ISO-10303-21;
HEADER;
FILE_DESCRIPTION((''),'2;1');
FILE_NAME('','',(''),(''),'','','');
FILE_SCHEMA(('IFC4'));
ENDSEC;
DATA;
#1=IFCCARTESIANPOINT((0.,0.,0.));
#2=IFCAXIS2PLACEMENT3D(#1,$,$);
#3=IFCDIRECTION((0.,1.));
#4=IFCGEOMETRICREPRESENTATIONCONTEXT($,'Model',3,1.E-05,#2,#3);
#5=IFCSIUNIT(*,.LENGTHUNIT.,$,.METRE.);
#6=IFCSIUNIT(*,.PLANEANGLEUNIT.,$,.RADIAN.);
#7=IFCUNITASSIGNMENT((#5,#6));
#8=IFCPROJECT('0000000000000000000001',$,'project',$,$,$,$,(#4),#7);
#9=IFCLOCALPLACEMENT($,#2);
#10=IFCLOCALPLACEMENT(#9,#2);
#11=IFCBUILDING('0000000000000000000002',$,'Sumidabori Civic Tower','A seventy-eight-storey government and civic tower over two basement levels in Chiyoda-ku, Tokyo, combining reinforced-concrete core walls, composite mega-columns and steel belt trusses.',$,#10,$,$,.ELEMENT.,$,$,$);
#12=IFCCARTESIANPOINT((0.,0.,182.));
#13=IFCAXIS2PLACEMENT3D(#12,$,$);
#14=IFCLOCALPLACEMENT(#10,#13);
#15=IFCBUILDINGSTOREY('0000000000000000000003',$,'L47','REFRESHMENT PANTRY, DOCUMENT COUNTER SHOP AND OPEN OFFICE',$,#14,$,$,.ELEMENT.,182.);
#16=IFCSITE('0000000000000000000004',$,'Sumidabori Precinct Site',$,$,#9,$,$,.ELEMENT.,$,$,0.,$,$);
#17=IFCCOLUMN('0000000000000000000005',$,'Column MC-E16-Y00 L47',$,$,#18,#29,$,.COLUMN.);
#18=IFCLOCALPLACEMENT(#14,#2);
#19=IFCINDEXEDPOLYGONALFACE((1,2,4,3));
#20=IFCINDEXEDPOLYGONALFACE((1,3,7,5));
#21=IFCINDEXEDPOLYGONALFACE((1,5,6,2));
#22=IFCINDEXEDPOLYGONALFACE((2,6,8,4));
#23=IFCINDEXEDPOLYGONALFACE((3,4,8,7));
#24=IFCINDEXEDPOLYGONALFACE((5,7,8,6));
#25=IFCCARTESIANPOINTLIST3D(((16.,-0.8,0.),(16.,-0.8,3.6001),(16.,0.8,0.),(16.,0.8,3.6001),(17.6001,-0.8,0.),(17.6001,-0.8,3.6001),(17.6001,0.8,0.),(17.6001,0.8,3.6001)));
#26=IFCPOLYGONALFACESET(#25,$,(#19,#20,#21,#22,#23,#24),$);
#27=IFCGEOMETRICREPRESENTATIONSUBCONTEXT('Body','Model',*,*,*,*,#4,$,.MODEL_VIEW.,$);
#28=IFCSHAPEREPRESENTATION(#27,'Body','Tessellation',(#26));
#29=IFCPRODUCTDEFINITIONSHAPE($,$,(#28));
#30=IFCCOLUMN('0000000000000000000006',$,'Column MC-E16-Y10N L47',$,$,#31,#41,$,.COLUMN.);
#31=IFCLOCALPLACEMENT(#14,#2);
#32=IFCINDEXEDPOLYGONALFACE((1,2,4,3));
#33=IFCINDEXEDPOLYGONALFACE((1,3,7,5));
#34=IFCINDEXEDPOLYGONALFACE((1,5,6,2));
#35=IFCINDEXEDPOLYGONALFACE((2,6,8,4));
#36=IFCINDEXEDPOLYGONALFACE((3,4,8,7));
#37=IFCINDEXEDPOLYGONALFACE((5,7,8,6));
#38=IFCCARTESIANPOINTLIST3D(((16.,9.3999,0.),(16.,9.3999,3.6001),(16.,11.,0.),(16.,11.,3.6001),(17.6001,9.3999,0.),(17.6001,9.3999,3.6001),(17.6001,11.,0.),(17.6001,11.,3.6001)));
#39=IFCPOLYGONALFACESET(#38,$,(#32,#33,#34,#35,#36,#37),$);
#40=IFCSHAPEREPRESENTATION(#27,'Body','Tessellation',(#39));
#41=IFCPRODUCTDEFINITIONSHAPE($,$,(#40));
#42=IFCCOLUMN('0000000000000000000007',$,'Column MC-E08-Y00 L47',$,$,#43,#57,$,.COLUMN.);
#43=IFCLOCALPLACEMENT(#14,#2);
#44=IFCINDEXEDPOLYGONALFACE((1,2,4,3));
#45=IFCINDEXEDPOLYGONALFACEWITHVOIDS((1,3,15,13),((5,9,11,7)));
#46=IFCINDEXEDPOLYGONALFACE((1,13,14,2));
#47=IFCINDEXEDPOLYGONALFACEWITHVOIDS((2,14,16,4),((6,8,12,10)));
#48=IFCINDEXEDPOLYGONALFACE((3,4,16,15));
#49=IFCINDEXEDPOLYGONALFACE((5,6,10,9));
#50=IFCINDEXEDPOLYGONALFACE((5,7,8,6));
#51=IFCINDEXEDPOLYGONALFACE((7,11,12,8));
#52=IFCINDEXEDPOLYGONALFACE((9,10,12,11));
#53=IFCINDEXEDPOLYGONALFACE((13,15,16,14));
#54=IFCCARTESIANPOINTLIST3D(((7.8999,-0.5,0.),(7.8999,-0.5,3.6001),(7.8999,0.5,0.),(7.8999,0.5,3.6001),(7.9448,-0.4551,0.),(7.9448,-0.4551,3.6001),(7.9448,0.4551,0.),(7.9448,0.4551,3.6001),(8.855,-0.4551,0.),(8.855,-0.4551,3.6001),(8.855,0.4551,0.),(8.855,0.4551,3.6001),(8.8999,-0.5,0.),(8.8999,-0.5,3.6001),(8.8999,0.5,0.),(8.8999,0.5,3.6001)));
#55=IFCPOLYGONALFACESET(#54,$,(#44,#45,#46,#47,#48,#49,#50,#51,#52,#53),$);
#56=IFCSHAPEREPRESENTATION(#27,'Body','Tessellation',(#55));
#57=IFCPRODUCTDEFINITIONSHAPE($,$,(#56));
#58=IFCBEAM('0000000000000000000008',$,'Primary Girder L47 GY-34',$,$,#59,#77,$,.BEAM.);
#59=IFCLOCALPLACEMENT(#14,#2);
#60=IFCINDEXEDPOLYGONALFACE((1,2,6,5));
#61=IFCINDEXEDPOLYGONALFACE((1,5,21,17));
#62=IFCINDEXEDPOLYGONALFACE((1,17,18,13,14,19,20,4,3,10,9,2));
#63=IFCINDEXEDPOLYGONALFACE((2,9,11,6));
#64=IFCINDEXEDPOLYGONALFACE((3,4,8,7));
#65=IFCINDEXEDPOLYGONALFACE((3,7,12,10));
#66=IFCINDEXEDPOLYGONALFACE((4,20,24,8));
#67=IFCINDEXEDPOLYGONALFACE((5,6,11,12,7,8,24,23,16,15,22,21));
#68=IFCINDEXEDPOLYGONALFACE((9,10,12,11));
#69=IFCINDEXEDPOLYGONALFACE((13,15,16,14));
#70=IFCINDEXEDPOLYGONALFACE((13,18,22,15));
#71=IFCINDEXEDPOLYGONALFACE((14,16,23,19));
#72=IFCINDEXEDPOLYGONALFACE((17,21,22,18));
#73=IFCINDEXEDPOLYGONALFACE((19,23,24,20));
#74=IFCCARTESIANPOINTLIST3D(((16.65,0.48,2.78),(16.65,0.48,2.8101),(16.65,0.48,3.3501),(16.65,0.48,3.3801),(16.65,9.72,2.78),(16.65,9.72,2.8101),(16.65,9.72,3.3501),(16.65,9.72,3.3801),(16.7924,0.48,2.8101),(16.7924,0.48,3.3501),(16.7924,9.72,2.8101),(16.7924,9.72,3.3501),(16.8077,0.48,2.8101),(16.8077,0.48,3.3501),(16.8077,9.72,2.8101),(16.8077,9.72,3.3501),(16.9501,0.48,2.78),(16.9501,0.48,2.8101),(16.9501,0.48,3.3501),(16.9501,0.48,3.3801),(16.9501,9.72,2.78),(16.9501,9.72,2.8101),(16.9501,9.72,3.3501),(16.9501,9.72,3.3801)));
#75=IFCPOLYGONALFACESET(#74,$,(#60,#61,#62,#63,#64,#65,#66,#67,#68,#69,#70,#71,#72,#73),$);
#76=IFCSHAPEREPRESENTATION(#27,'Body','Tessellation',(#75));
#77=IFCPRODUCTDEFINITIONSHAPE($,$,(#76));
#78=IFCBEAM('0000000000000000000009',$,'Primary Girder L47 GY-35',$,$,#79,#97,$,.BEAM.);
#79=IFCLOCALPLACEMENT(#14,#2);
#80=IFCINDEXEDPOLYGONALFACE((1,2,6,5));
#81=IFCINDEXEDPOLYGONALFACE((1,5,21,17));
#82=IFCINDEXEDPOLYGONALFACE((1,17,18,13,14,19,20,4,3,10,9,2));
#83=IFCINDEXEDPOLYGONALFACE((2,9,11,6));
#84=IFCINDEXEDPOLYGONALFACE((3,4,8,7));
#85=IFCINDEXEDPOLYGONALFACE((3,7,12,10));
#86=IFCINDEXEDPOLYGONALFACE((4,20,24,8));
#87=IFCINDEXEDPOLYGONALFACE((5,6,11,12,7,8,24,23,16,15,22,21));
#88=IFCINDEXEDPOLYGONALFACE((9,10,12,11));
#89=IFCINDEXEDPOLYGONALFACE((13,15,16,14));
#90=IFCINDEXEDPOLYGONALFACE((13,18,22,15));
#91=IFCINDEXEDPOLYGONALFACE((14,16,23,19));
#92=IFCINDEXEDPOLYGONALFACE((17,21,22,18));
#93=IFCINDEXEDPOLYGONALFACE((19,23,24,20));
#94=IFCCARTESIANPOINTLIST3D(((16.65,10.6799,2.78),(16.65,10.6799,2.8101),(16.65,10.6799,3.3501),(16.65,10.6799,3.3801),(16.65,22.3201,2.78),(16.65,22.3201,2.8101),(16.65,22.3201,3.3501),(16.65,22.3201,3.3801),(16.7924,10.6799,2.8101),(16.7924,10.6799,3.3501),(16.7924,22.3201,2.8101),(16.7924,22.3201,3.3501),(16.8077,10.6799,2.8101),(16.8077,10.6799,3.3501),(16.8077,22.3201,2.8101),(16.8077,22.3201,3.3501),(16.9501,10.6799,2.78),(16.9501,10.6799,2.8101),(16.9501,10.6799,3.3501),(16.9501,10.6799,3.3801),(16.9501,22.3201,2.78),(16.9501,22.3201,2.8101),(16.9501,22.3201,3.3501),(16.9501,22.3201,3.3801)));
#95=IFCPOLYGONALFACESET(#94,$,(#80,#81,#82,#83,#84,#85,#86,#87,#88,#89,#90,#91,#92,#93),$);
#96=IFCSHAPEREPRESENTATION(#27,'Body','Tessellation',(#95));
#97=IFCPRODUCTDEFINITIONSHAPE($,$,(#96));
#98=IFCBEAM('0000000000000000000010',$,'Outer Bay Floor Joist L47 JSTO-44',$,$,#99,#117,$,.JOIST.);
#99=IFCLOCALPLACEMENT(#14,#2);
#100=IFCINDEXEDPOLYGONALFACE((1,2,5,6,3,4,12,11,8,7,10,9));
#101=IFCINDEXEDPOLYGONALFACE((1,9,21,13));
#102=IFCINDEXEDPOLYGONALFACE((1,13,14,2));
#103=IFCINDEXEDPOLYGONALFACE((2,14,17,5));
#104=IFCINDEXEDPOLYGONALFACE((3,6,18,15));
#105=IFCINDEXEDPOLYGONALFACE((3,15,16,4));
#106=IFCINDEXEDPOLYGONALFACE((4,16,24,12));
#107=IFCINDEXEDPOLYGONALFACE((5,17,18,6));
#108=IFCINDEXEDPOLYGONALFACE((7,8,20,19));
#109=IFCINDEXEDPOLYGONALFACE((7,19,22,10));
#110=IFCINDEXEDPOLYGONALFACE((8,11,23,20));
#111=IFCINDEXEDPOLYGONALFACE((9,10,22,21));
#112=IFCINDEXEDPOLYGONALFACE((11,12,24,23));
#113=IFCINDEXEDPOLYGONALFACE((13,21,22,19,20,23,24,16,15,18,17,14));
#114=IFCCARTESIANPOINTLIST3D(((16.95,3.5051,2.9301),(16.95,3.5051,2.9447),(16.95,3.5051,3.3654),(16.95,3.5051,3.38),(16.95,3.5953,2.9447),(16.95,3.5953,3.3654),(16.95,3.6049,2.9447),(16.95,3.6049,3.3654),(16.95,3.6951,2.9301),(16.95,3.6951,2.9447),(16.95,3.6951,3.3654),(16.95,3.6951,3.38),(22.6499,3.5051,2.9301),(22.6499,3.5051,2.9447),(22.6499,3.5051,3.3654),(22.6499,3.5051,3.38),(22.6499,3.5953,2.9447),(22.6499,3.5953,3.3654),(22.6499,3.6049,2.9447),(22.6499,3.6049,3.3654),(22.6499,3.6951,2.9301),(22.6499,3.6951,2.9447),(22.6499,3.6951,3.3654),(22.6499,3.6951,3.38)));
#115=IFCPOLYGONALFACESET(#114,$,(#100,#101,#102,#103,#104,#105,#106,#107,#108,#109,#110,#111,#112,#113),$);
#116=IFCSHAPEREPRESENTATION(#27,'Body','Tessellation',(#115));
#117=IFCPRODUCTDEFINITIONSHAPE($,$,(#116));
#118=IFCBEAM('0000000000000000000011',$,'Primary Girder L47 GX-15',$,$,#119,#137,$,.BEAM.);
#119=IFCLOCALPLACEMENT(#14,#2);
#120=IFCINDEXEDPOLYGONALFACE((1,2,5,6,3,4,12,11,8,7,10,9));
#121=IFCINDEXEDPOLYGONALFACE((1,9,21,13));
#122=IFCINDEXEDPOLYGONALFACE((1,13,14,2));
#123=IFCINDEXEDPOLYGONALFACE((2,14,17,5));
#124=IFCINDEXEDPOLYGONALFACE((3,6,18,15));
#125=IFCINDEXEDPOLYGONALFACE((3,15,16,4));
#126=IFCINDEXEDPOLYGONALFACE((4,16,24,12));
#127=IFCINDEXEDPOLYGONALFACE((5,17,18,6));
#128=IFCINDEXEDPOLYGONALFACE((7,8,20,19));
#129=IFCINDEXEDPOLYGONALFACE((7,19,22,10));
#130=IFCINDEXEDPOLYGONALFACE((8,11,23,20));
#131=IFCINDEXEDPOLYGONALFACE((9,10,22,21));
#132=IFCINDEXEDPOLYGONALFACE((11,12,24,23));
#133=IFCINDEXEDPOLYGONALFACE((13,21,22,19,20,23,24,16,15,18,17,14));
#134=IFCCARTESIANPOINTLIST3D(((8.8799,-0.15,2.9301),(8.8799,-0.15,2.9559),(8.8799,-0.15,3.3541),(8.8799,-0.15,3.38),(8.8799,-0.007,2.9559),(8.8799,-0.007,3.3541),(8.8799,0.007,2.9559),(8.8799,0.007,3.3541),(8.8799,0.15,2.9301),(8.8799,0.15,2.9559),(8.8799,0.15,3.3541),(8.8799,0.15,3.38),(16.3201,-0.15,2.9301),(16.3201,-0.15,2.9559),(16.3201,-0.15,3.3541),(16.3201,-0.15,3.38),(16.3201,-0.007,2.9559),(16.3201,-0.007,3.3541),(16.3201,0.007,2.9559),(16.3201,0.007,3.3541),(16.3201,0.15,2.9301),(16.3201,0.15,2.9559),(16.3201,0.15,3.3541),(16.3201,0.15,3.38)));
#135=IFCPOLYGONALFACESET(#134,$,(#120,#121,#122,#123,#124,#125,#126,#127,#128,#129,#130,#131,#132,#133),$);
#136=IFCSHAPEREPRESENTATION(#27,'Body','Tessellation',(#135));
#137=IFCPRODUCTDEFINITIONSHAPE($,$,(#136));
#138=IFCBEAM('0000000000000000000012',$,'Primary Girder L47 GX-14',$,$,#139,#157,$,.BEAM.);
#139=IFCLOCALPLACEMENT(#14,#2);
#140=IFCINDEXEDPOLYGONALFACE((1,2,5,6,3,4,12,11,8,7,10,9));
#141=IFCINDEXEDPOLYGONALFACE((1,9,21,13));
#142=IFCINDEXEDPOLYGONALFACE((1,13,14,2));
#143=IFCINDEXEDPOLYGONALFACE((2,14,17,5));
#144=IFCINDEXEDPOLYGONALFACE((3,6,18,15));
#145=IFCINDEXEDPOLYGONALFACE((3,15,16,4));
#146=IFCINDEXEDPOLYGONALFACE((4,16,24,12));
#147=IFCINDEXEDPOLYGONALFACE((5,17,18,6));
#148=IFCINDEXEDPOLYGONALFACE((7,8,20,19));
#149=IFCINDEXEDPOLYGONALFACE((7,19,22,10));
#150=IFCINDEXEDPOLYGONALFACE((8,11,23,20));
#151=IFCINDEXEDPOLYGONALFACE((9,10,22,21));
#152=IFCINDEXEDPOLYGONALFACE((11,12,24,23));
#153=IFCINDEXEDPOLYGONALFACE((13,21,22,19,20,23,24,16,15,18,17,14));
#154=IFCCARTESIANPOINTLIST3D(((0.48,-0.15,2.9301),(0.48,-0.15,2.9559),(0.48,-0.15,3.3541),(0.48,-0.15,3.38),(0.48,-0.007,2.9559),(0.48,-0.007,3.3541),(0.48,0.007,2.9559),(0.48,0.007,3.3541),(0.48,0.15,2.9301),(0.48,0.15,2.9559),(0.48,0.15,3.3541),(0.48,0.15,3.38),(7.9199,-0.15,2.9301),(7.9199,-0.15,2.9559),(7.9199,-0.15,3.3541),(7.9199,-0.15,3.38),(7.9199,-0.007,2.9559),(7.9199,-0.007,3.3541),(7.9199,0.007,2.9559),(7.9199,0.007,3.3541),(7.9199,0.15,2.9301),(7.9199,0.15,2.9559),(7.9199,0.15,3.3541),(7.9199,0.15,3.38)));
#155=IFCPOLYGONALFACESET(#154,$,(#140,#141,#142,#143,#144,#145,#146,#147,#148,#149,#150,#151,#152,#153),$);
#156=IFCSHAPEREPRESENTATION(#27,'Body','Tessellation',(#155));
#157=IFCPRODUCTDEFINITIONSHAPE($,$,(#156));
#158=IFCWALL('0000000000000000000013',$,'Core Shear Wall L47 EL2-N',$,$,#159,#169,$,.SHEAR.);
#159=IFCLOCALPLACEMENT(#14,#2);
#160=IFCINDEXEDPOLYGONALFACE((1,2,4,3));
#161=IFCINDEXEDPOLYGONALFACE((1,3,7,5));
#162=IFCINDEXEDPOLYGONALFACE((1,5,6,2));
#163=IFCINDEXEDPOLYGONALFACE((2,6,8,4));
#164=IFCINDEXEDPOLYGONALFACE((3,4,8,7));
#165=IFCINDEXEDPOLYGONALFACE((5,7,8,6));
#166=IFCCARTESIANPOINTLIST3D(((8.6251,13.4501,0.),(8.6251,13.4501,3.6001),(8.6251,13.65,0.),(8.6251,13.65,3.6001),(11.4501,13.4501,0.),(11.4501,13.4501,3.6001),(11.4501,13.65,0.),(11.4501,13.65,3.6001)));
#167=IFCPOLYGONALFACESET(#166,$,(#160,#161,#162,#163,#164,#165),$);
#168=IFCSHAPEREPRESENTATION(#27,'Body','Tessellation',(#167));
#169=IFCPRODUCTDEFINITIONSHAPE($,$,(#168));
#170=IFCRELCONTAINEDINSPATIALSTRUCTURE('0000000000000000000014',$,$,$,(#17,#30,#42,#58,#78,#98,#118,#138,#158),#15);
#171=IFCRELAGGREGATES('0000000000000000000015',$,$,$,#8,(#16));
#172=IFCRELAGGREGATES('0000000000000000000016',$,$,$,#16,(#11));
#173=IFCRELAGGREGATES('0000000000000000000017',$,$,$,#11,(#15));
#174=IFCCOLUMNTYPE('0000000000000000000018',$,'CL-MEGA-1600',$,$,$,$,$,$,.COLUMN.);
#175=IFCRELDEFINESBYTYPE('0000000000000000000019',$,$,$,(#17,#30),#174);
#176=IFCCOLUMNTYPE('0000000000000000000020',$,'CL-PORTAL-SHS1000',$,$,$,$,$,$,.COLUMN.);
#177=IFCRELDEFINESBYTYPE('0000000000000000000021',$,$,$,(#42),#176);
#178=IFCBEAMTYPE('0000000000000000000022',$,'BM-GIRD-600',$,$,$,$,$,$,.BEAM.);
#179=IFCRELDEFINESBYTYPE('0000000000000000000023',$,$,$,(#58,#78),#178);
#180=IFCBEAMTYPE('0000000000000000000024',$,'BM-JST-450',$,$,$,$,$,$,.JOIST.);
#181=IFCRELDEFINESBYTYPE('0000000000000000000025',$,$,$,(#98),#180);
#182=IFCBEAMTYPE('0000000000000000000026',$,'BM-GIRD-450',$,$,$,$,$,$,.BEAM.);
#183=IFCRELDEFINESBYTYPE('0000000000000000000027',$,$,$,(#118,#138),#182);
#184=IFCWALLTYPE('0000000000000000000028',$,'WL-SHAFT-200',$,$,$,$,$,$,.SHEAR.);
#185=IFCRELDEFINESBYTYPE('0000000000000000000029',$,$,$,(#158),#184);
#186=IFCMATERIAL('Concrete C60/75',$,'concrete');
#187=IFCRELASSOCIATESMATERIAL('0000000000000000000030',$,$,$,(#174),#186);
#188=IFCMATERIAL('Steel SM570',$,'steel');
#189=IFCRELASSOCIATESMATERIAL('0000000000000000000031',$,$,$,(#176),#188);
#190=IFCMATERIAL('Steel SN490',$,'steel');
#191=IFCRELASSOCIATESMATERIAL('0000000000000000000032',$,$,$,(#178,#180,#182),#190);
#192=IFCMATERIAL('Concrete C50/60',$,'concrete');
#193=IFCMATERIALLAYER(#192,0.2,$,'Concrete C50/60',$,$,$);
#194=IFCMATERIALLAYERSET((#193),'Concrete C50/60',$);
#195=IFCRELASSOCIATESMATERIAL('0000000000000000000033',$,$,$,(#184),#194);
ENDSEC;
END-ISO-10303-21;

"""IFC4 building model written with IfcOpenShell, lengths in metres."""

from ifc_helpers import new_model, si_unit, direction, frame, frame_2d, origin, origin_2d, place, context, subcontext, project, spatial, rectangle, hollow_rectangle, i_section, extrude, source, transform, mapped, material, layer, layer_set, material_profile, profile_set, type_object, element, save


model = new_model("IFC4")

# Units and contexts
model_context = context("Model", 3, precision=1e-05, world=origin(), true_north=direction((0.0, 1.0)))
body_context = subcontext(model_context, "Body", "Model", "MODEL_VIEW")
ifc_project = project(units=[si_unit("LENGTHUNIT", "METRE"), si_unit("PLANEANGLEUNIT", "RADIAN")], contexts=[model_context])

# Site, building, storey
site_placement = place(None, origin())
site = spatial("IfcSite", under=ifc_project, at=site_placement, Name="Sumidabori Precinct Site", CompositionType="ELEMENT", RefElevation=0.0)
building_placement = place(site_placement, origin())
building = spatial("IfcBuilding", under=site, at=building_placement, Name="Sumidabori Civic Tower", Description="A seventy-eight-storey government and civic tower over two basement levels in Chiyoda-ku, Tokyo, combining reinforced-concrete core walls, composite mega-columns and steel belt trusses.", CompositionType="ELEMENT")
storey_placement = place(building_placement, frame((0.0, 0.0, 182.0)))
storey = spatial("IfcBuildingStorey", under=building, at=storey_placement, Name="L47", Description="REFRESHMENT PANTRY, DOCUMENT COUNTER SHOP AND OPEN OFFICE", CompositionType="ELEMENT", Elevation=182.0)

# Columns
ifc_material_1 = material(Name="Concrete C60/75", Category="concrete")
ifc_material_profile_1 = material_profile(ifc_material_1, rectangle(XDim=1.6001, YDim=1.6001, at=origin_2d()), Name="RC 1600x1600")
ifc_profile_set_1 = profile_set([ifc_material_profile_1], Name="Concrete C60/75")
column_type_1 = type_object("IfcColumnType", Name="CL-MEGA-1600", PredefinedType="COLUMN", material=ifc_profile_set_1)
shared_shape_1 = source(origin(), body_context, "Body", "SweptSolid", [
    extrude(rectangle(XDim=1.6001, YDim=1.6001, at=origin_2d()), origin(), (0.0, 0.0, 1.0), 3.6001),
])
for number, where, z_axis, x_axis, name in (
    (1, (16.8, 0.0, 0.0), (0.0, 0.0, 1.0), (1.0, 0.0, 0.0), "Column MC-E16-Y00 L47"),
    (2, (16.8, 10.2, 0.0), (0.0, 0.0, 1.0), (1.0, 0.0, 0.0), "Column MC-E16-Y10N L47"),
):
    element("IfcColumn", number, at=place(storey_placement, frame(where, z_axis=z_axis, x_axis=x_axis)), inside=storey, type_object=column_type_1, Name=name, PredefinedType="COLUMN", context=body_context, shape_type="MappedRepresentation", body=[
        mapped(shared_shape_1, transform((0.0, 0.0, 0.0), x_axis=(1.0, 0.0, 0.0), y_axis=(0.0, 1.0, 0.0), z_axis=(0.0, 0.0, 1.0), scale=1.0)),
    ])
ifc_material_2 = material(Name="Steel SM570", Category="steel")
ifc_material_profile_2 = material_profile(ifc_material_2, hollow_rectangle(XDim=1.0, YDim=1.0, WallThickness=0.0449, at=origin_2d()), Name="SHS 1000x1000x45")
ifc_profile_set_2 = profile_set([ifc_material_profile_2], Name="Steel SM570")
column_type_2 = type_object("IfcColumnType", Name="CL-PORTAL-SHS1000", PredefinedType="COLUMN", material=ifc_profile_set_2)
shared_shape_2 = source(origin(), body_context, "Body", "SweptSolid", [
    extrude(hollow_rectangle(XDim=1.0, YDim=1.0, WallThickness=0.0449, at=origin_2d()), origin(), (0.0, 0.0, 1.0), 3.6001),
])
column_placement = place(storey_placement, frame((8.3999, 0.0, 0.0), z_axis=(0.0, 0.0, 1.0), x_axis=(1.0, 0.0, 0.0)))
element("IfcColumn", 3, at=column_placement, inside=storey, type_object=column_type_2, Name="Column MC-E08-Y00 L47", PredefinedType="COLUMN", context=body_context, shape_type="MappedRepresentation", body=[
    mapped(shared_shape_2, transform((0.0, 0.0, 0.0), x_axis=(1.0, 0.0, 0.0), y_axis=(0.0, 1.0, 0.0), z_axis=(0.0, 0.0, 1.0), scale=1.0)),
])

# Beams
ifc_material_3 = material(Name="Steel SN490", Category="steel")
ifc_material_profile_3 = material_profile(ifc_material_3, i_section(OverallWidth=0.3, OverallDepth=0.6001, WebThickness=0.0154, FlangeThickness=0.03, at=origin_2d()), Name="HE 600 B")
ifc_profile_set_3 = profile_set([ifc_material_profile_3], Name="Steel SN490")
beam_type_1 = type_object("IfcBeamType", Name="BM-GIRD-600", PredefinedType="BEAM", material=ifc_profile_set_3)
shared_shape_3 = source(origin(), body_context, "Body", "SweptSolid", [
    extrude(i_section(OverallWidth=0.3, OverallDepth=0.6001, WebThickness=0.0154, FlangeThickness=0.03, at=origin_2d()), origin(), (0.0, 0.0, 1.0), 9.24),
])
beam_1_placement = place(storey_placement, frame((16.8, 0.48, 3.0801), z_axis=(0.0, 1.0, 0.0), x_axis=(-1.0, 0.0, 0.0)))
element("IfcBeam", 4, at=beam_1_placement, inside=storey, type_object=beam_type_1, Name="Primary Girder L47 GY-34", PredefinedType="BEAM", context=body_context, shape_type="MappedRepresentation", body=[
    mapped(shared_shape_3, transform((0.0, 0.0, 0.0), x_axis=(1.0, 0.0, 0.0), y_axis=(0.0, 1.0, 0.0), z_axis=(0.0, 0.0, 1.0), scale=1.0)),
])
shared_shape_4 = source(origin(), body_context, "Body", "SweptSolid", [
    extrude(i_section(OverallWidth=0.3, OverallDepth=0.6001, WebThickness=0.0154, FlangeThickness=0.03, at=origin_2d()), origin(), (0.0, 0.0, 1.0), 11.6401),
])
beam_2_placement = place(storey_placement, frame((16.8, 10.6799, 3.0801), z_axis=(0.0, 1.0, 0.0), x_axis=(-1.0, 0.0, 0.0)))
element("IfcBeam", 5, at=beam_2_placement, inside=storey, type_object=beam_type_1, Name="Primary Girder L47 GY-35", PredefinedType="BEAM", context=body_context, shape_type="MappedRepresentation", body=[
    mapped(shared_shape_4, transform((0.0, 0.0, 0.0), x_axis=(1.0, 0.0, 0.0), y_axis=(0.0, 1.0, 0.0), z_axis=(0.0, 0.0, 1.0), scale=1.0)),
])
ifc_material_profile_4 = material_profile(ifc_material_3, i_section(OverallWidth=0.1899, OverallDepth=0.45, WebThickness=0.0095, FlangeThickness=0.0146, at=origin_2d()), Name="IPE 450")
ifc_profile_set_4 = profile_set([ifc_material_profile_4], Name="Steel SN490")
beam_type_2 = type_object("IfcBeamType", Name="BM-JST-450", PredefinedType="JOIST", material=ifc_profile_set_4)
shared_shape_5 = source(origin(), body_context, "Body", "SweptSolid", [
    extrude(i_section(OverallWidth=0.1899, OverallDepth=0.45, WebThickness=0.0095, FlangeThickness=0.0146, at=origin_2d()), origin(), (0.0, 0.0, 1.0), 5.7),
])
beam_3_placement = place(storey_placement, frame((16.95, 3.6001, 3.155), z_axis=(1.0, 0.0, 0.0), x_axis=(0.0, 1.0, 0.0)))
element("IfcBeam", 6, at=beam_3_placement, inside=storey, type_object=beam_type_2, Name="Outer Bay Floor Joist L47 JSTO-44", PredefinedType="JOIST", context=body_context, shape_type="MappedRepresentation", body=[
    mapped(shared_shape_5, transform((0.0, 0.0, 0.0), x_axis=(1.0, 0.0, 0.0), y_axis=(0.0, 1.0, 0.0), z_axis=(0.0, 0.0, 1.0), scale=1.0)),
])
ifc_material_profile_5 = material_profile(ifc_material_3, i_section(OverallWidth=0.3, OverallDepth=0.45, WebThickness=0.0139, FlangeThickness=0.0259, at=origin_2d()), Name="HE 450 B")
ifc_profile_set_5 = profile_set([ifc_material_profile_5], Name="Steel SN490")
beam_type_3 = type_object("IfcBeamType", Name="BM-GIRD-450", PredefinedType="BEAM", material=ifc_profile_set_5)
shared_shape_6 = source(origin(), body_context, "Body", "SweptSolid", [
    extrude(i_section(OverallWidth=0.3, OverallDepth=0.45, WebThickness=0.0139, FlangeThickness=0.0259, at=origin_2d()), origin(), (0.0, 0.0, 1.0), 7.4402),
])
beam_4_placement = place(storey_placement, frame((8.8799, 0.0, 3.155), z_axis=(1.0, 0.0, 0.0), x_axis=(0.0, 1.0, 0.0)))
element("IfcBeam", 7, at=beam_4_placement, inside=storey, type_object=beam_type_3, Name="Primary Girder L47 GX-15", PredefinedType="BEAM", context=body_context, shape_type="MappedRepresentation", body=[
    mapped(shared_shape_6, transform((0.0, 0.0, 0.0), x_axis=(1.0, 0.0, 0.0), y_axis=(0.0, 1.0, 0.0), z_axis=(0.0, 0.0, 1.0), scale=1.0)),
])
shared_shape_7 = source(origin(), body_context, "Body", "SweptSolid", [
    extrude(i_section(OverallWidth=0.3, OverallDepth=0.45, WebThickness=0.0139, FlangeThickness=0.0259, at=origin_2d()), origin(), (0.0, 0.0, 1.0), 7.4399),
])
beam_5_placement = place(storey_placement, frame((0.48, 0.0, 3.155), z_axis=(1.0, 0.0, 0.0), x_axis=(0.0, 1.0, 0.0)))
element("IfcBeam", 8, at=beam_5_placement, inside=storey, type_object=beam_type_3, Name="Primary Girder L47 GX-14", PredefinedType="BEAM", context=body_context, shape_type="MappedRepresentation", body=[
    mapped(shared_shape_7, transform((0.0, 0.0, 0.0), x_axis=(1.0, 0.0, 0.0), y_axis=(0.0, 1.0, 0.0), z_axis=(0.0, 0.0, 1.0), scale=1.0)),
])

# Wall
ifc_material_4 = material(Name="Concrete C50/60", Category="concrete")
ifc_layer_1 = layer(ifc_material_4, 0.2, Name="Concrete C50/60")
ifc_layer_set_1 = layer_set([ifc_layer_1], Name="Concrete C50/60")
wall_type_1 = type_object("IfcWallType", Name="WL-SHAFT-200", PredefinedType="SHEAR", material=ifc_layer_set_1)
shared_shape_8 = source(origin(), body_context, "Body", "SweptSolid", [
    extrude(rectangle(XDim=2.825, YDim=0.2, at=frame_2d((1.4126, 0.0))), origin(), (0.0, 0.0, 1.0), 3.6001),
])
wall_1_placement = place(storey_placement, frame((8.625, 13.55, 0.0), z_axis=(0.0, 0.0, 1.0), x_axis=(1.0, 0.0, 0.0)))
element("IfcWall", 9, at=wall_1_placement, inside=storey, type_object=wall_type_1, Name="Core Shear Wall L47 EL2-N", PredefinedType="SHEAR", context=body_context, shape_type="MappedRepresentation", body=[
    mapped(shared_shape_8, transform((0.0, 0.0, 0.0), x_axis=(1.0, 0.0, 0.0), y_axis=(0.0, 1.0, 0.0), z_axis=(0.0, 0.0, 1.0), scale=1.0)),
])

save(model, "model.ifc")
